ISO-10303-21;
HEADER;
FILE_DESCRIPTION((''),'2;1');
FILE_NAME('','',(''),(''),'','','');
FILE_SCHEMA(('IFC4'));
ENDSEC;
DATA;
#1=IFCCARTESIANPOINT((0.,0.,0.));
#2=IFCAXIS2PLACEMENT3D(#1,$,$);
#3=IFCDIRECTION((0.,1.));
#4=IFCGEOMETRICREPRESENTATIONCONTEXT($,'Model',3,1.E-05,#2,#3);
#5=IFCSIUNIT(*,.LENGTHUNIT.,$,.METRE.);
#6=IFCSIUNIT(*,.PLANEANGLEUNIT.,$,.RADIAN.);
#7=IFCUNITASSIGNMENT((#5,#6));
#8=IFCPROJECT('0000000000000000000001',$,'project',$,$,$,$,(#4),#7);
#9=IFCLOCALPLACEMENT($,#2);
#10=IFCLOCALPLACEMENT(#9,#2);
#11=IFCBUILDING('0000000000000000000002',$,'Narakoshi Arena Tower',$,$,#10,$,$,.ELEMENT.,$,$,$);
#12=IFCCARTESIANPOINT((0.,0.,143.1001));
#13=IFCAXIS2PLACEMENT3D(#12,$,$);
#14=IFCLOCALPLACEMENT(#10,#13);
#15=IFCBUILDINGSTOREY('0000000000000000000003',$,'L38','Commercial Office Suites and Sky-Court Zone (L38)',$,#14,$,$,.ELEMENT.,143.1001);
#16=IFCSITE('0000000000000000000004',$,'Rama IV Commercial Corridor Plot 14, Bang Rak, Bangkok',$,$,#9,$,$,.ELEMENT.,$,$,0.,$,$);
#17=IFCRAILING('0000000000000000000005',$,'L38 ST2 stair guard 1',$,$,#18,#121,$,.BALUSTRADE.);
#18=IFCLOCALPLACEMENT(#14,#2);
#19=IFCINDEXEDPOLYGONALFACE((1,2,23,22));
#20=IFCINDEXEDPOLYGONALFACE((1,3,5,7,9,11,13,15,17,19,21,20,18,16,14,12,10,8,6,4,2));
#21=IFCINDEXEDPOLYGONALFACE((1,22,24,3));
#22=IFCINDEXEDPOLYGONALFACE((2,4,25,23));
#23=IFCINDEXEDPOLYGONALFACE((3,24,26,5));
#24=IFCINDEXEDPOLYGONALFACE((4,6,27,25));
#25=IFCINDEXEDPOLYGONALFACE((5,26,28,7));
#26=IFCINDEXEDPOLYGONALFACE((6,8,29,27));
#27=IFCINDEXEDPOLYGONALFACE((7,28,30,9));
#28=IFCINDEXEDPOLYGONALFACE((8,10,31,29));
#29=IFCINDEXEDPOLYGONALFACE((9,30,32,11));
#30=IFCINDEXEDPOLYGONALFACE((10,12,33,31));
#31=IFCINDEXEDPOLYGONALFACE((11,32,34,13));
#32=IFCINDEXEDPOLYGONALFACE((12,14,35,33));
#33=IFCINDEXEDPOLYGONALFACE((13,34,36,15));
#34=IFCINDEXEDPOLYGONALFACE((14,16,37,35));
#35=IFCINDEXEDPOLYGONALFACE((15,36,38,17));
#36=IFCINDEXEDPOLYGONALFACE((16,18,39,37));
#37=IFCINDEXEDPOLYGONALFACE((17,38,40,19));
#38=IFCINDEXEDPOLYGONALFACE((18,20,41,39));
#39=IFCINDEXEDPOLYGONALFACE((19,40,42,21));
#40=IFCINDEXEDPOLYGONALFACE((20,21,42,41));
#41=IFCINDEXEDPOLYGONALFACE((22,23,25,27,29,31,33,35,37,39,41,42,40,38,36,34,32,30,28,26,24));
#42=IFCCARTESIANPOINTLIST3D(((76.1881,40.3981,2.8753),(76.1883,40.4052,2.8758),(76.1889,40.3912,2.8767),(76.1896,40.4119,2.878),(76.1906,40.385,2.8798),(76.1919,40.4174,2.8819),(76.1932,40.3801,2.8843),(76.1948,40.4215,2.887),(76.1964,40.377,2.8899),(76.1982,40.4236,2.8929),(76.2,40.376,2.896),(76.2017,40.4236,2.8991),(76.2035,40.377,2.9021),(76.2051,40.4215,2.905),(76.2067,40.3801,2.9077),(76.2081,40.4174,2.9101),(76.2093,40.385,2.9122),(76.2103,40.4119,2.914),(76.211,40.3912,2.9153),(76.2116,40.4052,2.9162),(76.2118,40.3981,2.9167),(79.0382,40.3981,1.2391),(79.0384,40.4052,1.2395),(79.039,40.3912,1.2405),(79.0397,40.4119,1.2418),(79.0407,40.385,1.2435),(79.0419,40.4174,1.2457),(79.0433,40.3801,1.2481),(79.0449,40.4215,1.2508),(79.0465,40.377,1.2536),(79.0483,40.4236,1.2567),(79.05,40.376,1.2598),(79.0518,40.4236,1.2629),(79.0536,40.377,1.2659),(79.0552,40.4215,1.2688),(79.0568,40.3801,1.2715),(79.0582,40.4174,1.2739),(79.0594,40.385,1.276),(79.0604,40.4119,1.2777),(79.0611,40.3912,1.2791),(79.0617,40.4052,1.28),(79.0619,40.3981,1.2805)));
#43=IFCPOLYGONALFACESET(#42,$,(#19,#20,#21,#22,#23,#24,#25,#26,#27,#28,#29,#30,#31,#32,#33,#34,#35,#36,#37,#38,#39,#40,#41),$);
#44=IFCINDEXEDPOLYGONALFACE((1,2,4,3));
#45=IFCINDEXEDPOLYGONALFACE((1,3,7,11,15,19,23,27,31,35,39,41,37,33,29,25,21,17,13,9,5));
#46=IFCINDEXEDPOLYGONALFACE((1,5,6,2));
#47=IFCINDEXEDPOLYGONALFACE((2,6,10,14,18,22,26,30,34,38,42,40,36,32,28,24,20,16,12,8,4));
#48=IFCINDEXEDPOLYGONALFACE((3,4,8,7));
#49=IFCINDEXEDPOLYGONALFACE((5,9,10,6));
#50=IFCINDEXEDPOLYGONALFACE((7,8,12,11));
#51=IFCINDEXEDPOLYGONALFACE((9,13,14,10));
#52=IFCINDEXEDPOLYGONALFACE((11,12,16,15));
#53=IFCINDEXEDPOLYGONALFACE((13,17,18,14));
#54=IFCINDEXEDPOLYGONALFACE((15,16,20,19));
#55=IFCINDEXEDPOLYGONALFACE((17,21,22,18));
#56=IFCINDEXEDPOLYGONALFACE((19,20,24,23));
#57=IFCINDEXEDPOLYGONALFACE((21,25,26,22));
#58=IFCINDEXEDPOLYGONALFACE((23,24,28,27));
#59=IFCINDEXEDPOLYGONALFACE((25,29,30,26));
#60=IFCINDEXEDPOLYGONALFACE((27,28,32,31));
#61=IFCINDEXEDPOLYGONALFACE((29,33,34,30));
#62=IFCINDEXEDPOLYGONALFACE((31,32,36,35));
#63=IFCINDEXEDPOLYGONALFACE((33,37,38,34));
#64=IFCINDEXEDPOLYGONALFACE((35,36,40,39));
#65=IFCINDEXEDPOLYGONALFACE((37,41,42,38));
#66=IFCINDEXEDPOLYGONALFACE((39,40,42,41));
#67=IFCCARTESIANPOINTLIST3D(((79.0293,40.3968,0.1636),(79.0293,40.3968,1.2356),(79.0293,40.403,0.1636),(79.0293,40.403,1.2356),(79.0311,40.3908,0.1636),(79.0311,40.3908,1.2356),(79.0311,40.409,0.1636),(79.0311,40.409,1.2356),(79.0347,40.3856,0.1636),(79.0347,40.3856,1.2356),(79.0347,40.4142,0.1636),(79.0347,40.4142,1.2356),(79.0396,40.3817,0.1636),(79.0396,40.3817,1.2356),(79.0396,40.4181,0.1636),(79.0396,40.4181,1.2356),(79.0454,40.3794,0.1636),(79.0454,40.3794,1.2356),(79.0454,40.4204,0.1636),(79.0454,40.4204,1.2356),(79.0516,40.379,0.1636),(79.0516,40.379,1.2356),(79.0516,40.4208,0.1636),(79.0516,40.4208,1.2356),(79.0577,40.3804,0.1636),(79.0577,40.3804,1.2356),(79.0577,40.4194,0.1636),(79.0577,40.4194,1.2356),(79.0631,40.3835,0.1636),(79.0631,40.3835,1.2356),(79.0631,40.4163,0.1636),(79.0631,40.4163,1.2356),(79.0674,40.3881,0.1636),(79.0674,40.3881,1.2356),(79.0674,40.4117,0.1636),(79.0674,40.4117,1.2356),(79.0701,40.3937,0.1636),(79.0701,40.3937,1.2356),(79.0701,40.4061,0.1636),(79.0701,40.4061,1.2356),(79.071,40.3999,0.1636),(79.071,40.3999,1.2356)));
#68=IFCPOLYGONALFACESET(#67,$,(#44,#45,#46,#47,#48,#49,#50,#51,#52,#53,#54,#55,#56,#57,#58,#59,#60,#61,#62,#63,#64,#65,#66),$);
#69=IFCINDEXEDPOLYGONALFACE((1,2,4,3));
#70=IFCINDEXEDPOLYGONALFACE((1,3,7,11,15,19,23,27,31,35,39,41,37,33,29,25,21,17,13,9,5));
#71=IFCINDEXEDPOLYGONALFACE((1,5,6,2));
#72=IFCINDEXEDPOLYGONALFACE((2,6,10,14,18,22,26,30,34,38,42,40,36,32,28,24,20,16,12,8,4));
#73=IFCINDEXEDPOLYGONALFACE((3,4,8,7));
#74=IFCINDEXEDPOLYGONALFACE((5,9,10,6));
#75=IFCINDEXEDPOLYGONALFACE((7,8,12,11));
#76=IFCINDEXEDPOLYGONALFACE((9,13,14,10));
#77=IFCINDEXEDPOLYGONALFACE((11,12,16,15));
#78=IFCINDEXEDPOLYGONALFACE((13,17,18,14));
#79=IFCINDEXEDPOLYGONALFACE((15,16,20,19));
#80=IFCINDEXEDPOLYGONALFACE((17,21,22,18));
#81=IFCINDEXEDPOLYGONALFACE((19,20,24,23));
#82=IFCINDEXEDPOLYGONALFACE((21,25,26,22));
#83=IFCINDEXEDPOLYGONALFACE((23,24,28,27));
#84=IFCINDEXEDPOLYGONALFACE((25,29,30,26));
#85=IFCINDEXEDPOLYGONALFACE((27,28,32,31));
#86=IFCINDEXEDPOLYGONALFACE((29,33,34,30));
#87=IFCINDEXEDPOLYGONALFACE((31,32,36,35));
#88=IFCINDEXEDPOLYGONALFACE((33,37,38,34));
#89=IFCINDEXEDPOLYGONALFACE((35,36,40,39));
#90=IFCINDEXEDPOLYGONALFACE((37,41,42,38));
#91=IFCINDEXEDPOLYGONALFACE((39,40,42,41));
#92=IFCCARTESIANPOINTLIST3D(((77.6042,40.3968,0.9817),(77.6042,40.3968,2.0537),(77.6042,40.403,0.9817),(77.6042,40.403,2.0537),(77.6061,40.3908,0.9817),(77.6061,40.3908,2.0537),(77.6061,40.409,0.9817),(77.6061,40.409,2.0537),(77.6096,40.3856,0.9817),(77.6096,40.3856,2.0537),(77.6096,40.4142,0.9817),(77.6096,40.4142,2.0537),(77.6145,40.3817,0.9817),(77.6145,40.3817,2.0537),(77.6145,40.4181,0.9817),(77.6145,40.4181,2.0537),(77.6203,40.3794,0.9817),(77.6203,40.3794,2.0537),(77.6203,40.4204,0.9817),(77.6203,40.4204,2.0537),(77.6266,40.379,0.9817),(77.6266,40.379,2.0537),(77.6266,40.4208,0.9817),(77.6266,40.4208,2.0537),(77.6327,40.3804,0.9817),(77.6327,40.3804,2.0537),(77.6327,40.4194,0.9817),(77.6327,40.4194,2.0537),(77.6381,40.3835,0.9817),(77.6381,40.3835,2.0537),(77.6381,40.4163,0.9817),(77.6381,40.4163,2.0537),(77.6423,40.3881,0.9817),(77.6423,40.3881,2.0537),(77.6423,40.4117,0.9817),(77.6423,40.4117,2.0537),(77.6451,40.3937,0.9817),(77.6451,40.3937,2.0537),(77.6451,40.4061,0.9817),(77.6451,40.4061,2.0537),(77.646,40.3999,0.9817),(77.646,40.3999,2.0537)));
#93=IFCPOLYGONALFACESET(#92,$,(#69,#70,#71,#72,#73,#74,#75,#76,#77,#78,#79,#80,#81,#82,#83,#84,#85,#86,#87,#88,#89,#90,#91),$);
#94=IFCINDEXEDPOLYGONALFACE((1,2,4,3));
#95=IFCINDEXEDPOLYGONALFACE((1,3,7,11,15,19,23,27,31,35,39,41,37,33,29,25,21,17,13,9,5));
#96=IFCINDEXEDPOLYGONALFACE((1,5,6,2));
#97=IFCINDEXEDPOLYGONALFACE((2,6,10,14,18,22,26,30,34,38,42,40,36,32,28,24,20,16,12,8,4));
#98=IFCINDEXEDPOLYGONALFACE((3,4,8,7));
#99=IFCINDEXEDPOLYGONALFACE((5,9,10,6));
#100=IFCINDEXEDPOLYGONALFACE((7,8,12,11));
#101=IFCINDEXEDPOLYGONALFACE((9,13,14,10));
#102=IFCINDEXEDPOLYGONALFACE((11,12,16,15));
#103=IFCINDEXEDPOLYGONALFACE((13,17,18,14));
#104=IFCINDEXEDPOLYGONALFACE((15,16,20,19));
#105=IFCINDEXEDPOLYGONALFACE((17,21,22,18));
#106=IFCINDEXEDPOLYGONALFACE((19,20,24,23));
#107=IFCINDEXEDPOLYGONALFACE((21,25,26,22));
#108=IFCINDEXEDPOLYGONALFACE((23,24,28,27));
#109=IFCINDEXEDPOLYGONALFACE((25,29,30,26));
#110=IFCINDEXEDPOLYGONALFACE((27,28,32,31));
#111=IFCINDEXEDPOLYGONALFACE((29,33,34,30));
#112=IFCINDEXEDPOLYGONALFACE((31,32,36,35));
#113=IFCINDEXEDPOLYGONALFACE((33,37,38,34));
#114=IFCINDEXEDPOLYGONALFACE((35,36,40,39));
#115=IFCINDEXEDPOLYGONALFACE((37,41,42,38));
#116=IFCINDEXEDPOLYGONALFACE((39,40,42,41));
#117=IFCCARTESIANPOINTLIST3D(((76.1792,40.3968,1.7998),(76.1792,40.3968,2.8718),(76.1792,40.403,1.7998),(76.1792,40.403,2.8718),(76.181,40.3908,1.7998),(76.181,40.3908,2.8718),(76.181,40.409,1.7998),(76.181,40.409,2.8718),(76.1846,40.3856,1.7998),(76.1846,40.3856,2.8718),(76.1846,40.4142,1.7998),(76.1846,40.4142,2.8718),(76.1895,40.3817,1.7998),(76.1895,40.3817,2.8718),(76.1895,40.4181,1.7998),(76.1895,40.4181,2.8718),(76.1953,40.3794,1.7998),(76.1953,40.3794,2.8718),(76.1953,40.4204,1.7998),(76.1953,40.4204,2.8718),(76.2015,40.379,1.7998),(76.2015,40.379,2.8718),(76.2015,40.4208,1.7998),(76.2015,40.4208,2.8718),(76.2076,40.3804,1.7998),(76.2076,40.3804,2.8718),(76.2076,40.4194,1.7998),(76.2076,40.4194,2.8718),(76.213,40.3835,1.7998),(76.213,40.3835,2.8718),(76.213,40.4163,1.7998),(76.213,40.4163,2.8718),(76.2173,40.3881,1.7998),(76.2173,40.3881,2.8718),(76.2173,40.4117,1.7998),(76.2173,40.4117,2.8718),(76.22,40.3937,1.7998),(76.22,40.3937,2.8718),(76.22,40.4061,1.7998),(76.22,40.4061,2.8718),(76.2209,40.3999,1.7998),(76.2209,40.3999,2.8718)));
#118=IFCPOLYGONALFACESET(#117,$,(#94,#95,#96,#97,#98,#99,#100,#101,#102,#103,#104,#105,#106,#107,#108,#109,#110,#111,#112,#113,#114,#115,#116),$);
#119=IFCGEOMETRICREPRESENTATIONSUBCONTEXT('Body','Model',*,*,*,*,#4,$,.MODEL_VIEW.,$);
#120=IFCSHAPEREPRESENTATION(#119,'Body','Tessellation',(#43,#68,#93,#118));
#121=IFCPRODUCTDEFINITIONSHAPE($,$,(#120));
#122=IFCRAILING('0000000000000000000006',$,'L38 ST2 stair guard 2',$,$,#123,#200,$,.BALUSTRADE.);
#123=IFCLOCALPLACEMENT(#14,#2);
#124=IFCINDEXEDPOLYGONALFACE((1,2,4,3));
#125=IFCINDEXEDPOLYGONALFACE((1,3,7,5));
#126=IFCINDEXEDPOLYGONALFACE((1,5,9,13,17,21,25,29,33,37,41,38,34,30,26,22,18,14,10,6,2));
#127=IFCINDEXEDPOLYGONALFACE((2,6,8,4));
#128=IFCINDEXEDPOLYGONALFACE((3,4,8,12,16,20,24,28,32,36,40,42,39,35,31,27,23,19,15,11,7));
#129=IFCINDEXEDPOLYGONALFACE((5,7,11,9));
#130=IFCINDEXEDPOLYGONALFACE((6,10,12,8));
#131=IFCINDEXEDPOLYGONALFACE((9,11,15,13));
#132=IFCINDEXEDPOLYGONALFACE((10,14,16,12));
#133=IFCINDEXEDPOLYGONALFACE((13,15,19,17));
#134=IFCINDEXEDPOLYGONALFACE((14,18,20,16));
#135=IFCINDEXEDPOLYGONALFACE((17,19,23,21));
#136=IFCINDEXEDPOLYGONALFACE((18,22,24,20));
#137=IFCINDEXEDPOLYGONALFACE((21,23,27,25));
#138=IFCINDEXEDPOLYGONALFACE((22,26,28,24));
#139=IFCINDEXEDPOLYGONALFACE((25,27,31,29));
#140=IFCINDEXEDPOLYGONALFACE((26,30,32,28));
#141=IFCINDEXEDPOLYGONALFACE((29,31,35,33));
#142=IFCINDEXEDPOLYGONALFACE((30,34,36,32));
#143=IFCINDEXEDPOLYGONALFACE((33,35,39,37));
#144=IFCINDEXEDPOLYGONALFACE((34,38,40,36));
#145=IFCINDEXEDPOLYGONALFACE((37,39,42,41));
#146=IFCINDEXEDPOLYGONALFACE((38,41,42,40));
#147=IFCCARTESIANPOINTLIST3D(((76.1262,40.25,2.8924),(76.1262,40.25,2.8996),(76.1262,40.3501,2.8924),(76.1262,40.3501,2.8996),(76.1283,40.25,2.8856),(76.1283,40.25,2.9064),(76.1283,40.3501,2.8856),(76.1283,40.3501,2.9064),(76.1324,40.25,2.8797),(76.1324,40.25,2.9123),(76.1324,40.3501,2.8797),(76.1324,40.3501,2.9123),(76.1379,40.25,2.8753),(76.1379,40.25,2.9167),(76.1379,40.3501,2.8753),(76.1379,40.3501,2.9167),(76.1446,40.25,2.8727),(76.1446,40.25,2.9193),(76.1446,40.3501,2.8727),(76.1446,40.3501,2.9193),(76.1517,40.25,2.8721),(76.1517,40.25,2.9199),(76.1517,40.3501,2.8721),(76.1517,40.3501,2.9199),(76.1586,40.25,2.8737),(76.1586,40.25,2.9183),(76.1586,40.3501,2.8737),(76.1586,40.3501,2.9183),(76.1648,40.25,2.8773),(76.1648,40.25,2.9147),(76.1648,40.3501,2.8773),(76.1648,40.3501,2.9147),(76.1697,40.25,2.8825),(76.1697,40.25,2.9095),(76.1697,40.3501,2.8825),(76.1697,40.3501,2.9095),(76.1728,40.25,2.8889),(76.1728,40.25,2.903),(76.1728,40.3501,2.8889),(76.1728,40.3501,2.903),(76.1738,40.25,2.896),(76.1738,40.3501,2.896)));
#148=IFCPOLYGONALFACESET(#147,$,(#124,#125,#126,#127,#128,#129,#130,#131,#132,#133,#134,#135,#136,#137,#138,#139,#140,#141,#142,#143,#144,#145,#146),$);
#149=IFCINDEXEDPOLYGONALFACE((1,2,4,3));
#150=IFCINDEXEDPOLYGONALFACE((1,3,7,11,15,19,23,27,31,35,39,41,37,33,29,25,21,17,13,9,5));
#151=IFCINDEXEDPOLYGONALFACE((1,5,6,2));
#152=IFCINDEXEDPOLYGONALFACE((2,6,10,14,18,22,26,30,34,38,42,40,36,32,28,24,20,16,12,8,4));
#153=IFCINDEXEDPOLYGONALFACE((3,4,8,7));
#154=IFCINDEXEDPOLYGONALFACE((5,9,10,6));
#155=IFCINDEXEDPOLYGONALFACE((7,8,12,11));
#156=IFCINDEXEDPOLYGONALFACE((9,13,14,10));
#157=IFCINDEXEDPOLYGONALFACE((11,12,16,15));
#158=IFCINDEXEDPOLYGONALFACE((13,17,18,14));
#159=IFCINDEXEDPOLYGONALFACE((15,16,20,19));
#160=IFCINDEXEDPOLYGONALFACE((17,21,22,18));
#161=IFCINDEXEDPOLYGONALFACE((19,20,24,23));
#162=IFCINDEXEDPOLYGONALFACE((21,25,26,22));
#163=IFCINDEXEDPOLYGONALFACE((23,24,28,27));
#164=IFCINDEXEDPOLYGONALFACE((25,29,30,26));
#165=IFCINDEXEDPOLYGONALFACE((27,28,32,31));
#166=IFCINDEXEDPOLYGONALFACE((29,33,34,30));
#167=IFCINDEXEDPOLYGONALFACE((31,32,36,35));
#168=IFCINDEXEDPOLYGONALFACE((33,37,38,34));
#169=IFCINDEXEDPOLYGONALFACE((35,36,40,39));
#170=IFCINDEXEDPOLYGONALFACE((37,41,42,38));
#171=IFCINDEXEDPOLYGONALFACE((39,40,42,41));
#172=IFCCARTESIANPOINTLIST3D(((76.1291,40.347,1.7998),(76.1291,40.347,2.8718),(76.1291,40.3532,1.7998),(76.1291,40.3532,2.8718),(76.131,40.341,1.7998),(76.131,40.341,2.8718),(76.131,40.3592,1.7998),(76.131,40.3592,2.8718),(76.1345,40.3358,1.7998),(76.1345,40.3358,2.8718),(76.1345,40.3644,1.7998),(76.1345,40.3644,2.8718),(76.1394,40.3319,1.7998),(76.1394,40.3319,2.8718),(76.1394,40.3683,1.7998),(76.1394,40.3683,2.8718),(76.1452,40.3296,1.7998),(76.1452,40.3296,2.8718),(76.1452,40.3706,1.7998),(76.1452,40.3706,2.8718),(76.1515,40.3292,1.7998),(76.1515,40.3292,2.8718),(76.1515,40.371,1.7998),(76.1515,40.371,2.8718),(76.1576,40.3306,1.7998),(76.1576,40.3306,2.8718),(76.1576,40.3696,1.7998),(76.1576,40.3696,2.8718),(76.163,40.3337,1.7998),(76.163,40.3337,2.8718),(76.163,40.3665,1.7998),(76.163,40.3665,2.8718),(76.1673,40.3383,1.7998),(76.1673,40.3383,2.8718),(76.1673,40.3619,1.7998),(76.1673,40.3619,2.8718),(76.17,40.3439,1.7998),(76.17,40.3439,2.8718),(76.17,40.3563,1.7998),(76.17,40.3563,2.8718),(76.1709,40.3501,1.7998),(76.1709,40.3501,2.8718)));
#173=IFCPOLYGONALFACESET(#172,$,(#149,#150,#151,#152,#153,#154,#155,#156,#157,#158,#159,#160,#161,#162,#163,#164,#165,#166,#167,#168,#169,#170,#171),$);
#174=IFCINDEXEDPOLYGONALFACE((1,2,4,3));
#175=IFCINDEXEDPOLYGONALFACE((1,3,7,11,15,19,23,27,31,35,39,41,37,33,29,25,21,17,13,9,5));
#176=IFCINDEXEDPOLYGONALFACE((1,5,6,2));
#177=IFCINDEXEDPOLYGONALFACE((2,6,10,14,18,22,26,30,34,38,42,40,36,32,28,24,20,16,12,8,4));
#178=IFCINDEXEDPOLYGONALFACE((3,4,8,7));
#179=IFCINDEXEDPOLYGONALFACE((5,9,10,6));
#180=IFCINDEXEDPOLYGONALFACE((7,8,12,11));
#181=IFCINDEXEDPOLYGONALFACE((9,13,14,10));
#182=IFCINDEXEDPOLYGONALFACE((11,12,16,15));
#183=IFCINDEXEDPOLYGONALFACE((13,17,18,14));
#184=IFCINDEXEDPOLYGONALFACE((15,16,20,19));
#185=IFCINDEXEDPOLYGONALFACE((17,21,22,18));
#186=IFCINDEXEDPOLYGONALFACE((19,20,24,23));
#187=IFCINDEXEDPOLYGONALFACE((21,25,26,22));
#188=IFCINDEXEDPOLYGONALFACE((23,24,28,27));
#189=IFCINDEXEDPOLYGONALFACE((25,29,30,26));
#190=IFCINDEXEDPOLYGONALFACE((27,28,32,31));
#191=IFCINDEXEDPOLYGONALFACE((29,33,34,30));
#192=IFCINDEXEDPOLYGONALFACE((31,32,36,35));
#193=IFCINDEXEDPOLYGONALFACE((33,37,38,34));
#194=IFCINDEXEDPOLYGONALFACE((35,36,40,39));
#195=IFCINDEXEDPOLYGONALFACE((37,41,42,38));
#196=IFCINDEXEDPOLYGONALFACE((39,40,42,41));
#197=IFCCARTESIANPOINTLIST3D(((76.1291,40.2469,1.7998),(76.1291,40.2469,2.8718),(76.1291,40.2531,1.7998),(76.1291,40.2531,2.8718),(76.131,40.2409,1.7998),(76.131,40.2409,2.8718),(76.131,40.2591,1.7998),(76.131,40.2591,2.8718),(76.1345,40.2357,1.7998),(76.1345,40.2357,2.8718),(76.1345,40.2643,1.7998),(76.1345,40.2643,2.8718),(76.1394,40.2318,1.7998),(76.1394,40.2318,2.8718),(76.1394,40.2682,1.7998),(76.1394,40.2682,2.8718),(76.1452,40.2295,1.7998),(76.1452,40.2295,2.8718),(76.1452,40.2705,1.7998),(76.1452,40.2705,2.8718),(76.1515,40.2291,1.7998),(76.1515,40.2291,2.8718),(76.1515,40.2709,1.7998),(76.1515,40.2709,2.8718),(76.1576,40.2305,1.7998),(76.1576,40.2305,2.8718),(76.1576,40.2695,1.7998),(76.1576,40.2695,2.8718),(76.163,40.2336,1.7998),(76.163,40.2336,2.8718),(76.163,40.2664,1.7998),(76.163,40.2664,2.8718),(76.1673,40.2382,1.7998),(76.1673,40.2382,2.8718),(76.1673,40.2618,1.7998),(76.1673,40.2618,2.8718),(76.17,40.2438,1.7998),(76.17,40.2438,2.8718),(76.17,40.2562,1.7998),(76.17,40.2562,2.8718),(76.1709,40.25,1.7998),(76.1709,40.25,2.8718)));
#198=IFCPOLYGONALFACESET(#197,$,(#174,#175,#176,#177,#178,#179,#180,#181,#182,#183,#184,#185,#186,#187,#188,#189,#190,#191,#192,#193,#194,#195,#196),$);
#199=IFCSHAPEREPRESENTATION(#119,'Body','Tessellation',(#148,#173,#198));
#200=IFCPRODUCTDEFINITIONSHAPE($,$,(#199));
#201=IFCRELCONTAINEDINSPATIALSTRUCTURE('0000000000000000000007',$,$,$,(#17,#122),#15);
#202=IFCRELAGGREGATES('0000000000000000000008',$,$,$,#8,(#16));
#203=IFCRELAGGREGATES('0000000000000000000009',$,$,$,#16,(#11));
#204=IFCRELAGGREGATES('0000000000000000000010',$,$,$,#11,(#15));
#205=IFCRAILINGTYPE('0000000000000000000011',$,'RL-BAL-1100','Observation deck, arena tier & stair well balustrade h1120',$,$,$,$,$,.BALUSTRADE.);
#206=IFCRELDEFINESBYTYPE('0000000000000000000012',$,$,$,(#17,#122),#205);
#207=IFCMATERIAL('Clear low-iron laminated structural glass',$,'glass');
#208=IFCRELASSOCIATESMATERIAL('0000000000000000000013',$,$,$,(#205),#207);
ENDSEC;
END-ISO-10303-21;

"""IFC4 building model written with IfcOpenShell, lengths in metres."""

from ifc_helpers import new_model, si_unit, direction, frame, origin, origin_2d, place, context, subcontext, project, spatial, circle, extrude, material, type_object, element, save


model = new_model("IFC4")

# Units and contexts
model_context = context("Model", 3, precision=1e-05, world=origin(), true_north=direction((0.0, 1.0)))
body_context = subcontext(model_context, "Body", "Model", "MODEL_VIEW")
ifc_project = project(units=[si_unit("LENGTHUNIT", "METRE"), si_unit("PLANEANGLEUNIT", "RADIAN")], contexts=[model_context])

# Site, building, storey
site_placement = place(None, origin())
site = spatial("IfcSite", under=ifc_project, at=site_placement, Name="Rama IV Commercial Corridor Plot 14, Bang Rak, Bangkok", CompositionType="ELEMENT", RefElevation=0.0)
building_placement = place(site_placement, origin())
building = spatial("IfcBuilding", under=site, at=building_placement, Name="Narakoshi Arena Tower", CompositionType="ELEMENT")
storey_placement = place(building_placement, frame((0.0, 0.0, 143.1001)))
storey = spatial("IfcBuildingStorey", under=building, at=storey_placement, Name="L38", Description="Commercial Office Suites and Sky-Court Zone (L38)", CompositionType="ELEMENT", Elevation=143.1001)

# Railings
ifc_material_1 = material(Name="Clear low-iron laminated structural glass", Category="glass")
railing_type_1 = type_object("IfcRailingType", Name="RL-BAL-1100", Description="Observation deck, arena tier & stair well balustrade h1120", PredefinedType="BALUSTRADE", material=ifc_material_1)
railing_1_placement = place(storey_placement, frame((79.05, 40.3999, 0.1636)))
element("IfcRailing", 1, at=railing_1_placement, inside=storey, type_object=railing_type_1, Name="L38 ST2 stair guard 1", PredefinedType="BALUSTRADE", context=body_context, shape_type="SweptSolid", body=[
    extrude(circle(Radius=0.0239, at=origin_2d()), frame((0.0, 0.0, 1.0962), z_axis=(-0.867245, 0.0, 0.497882), x_axis=(0.0, -1.0, 0.0)), (0.0, 0.0, 1.0), 3.2864),
    extrude(circle(Radius=0.021, at=origin_2d()), origin(), (0.0, 0.0, 1.0), 1.072),
    extrude(circle(Radius=0.021, at=origin_2d()), frame((-1.425, 0.0, 0.8181)), (0.0, 0.0, 1.0), 1.072),
    extrude(circle(Radius=0.021, at=origin_2d()), frame((-2.8501, 0.0, 1.6362)), (0.0, 0.0, 1.0), 1.072),
])
railing_2_placement = place(storey_placement, frame((76.1499, 40.3501, 1.7998)))
element("IfcRailing", 2, at=railing_2_placement, inside=storey, type_object=railing_type_1, Name="L38 ST2 stair guard 2", PredefinedType="BALUSTRADE", context=body_context, shape_type="SweptSolid", body=[
    extrude(circle(Radius=0.0239, at=origin_2d()), frame((0.0, 0.0, 1.0962), z_axis=(0.0, -1.0, 0.0), x_axis=(1.0, 0.0, 0.0)), (0.0, 0.0, 1.0), 0.1001),
    extrude(circle(Radius=0.021, at=origin_2d()), origin(), (0.0, 0.0, 1.0), 1.072),
    extrude(circle(Radius=0.021, at=origin_2d()), frame((0.0, -0.1001, 0.0)), (0.0, 0.0, 1.0), 1.072),
])

save(model, "model.ifc")
